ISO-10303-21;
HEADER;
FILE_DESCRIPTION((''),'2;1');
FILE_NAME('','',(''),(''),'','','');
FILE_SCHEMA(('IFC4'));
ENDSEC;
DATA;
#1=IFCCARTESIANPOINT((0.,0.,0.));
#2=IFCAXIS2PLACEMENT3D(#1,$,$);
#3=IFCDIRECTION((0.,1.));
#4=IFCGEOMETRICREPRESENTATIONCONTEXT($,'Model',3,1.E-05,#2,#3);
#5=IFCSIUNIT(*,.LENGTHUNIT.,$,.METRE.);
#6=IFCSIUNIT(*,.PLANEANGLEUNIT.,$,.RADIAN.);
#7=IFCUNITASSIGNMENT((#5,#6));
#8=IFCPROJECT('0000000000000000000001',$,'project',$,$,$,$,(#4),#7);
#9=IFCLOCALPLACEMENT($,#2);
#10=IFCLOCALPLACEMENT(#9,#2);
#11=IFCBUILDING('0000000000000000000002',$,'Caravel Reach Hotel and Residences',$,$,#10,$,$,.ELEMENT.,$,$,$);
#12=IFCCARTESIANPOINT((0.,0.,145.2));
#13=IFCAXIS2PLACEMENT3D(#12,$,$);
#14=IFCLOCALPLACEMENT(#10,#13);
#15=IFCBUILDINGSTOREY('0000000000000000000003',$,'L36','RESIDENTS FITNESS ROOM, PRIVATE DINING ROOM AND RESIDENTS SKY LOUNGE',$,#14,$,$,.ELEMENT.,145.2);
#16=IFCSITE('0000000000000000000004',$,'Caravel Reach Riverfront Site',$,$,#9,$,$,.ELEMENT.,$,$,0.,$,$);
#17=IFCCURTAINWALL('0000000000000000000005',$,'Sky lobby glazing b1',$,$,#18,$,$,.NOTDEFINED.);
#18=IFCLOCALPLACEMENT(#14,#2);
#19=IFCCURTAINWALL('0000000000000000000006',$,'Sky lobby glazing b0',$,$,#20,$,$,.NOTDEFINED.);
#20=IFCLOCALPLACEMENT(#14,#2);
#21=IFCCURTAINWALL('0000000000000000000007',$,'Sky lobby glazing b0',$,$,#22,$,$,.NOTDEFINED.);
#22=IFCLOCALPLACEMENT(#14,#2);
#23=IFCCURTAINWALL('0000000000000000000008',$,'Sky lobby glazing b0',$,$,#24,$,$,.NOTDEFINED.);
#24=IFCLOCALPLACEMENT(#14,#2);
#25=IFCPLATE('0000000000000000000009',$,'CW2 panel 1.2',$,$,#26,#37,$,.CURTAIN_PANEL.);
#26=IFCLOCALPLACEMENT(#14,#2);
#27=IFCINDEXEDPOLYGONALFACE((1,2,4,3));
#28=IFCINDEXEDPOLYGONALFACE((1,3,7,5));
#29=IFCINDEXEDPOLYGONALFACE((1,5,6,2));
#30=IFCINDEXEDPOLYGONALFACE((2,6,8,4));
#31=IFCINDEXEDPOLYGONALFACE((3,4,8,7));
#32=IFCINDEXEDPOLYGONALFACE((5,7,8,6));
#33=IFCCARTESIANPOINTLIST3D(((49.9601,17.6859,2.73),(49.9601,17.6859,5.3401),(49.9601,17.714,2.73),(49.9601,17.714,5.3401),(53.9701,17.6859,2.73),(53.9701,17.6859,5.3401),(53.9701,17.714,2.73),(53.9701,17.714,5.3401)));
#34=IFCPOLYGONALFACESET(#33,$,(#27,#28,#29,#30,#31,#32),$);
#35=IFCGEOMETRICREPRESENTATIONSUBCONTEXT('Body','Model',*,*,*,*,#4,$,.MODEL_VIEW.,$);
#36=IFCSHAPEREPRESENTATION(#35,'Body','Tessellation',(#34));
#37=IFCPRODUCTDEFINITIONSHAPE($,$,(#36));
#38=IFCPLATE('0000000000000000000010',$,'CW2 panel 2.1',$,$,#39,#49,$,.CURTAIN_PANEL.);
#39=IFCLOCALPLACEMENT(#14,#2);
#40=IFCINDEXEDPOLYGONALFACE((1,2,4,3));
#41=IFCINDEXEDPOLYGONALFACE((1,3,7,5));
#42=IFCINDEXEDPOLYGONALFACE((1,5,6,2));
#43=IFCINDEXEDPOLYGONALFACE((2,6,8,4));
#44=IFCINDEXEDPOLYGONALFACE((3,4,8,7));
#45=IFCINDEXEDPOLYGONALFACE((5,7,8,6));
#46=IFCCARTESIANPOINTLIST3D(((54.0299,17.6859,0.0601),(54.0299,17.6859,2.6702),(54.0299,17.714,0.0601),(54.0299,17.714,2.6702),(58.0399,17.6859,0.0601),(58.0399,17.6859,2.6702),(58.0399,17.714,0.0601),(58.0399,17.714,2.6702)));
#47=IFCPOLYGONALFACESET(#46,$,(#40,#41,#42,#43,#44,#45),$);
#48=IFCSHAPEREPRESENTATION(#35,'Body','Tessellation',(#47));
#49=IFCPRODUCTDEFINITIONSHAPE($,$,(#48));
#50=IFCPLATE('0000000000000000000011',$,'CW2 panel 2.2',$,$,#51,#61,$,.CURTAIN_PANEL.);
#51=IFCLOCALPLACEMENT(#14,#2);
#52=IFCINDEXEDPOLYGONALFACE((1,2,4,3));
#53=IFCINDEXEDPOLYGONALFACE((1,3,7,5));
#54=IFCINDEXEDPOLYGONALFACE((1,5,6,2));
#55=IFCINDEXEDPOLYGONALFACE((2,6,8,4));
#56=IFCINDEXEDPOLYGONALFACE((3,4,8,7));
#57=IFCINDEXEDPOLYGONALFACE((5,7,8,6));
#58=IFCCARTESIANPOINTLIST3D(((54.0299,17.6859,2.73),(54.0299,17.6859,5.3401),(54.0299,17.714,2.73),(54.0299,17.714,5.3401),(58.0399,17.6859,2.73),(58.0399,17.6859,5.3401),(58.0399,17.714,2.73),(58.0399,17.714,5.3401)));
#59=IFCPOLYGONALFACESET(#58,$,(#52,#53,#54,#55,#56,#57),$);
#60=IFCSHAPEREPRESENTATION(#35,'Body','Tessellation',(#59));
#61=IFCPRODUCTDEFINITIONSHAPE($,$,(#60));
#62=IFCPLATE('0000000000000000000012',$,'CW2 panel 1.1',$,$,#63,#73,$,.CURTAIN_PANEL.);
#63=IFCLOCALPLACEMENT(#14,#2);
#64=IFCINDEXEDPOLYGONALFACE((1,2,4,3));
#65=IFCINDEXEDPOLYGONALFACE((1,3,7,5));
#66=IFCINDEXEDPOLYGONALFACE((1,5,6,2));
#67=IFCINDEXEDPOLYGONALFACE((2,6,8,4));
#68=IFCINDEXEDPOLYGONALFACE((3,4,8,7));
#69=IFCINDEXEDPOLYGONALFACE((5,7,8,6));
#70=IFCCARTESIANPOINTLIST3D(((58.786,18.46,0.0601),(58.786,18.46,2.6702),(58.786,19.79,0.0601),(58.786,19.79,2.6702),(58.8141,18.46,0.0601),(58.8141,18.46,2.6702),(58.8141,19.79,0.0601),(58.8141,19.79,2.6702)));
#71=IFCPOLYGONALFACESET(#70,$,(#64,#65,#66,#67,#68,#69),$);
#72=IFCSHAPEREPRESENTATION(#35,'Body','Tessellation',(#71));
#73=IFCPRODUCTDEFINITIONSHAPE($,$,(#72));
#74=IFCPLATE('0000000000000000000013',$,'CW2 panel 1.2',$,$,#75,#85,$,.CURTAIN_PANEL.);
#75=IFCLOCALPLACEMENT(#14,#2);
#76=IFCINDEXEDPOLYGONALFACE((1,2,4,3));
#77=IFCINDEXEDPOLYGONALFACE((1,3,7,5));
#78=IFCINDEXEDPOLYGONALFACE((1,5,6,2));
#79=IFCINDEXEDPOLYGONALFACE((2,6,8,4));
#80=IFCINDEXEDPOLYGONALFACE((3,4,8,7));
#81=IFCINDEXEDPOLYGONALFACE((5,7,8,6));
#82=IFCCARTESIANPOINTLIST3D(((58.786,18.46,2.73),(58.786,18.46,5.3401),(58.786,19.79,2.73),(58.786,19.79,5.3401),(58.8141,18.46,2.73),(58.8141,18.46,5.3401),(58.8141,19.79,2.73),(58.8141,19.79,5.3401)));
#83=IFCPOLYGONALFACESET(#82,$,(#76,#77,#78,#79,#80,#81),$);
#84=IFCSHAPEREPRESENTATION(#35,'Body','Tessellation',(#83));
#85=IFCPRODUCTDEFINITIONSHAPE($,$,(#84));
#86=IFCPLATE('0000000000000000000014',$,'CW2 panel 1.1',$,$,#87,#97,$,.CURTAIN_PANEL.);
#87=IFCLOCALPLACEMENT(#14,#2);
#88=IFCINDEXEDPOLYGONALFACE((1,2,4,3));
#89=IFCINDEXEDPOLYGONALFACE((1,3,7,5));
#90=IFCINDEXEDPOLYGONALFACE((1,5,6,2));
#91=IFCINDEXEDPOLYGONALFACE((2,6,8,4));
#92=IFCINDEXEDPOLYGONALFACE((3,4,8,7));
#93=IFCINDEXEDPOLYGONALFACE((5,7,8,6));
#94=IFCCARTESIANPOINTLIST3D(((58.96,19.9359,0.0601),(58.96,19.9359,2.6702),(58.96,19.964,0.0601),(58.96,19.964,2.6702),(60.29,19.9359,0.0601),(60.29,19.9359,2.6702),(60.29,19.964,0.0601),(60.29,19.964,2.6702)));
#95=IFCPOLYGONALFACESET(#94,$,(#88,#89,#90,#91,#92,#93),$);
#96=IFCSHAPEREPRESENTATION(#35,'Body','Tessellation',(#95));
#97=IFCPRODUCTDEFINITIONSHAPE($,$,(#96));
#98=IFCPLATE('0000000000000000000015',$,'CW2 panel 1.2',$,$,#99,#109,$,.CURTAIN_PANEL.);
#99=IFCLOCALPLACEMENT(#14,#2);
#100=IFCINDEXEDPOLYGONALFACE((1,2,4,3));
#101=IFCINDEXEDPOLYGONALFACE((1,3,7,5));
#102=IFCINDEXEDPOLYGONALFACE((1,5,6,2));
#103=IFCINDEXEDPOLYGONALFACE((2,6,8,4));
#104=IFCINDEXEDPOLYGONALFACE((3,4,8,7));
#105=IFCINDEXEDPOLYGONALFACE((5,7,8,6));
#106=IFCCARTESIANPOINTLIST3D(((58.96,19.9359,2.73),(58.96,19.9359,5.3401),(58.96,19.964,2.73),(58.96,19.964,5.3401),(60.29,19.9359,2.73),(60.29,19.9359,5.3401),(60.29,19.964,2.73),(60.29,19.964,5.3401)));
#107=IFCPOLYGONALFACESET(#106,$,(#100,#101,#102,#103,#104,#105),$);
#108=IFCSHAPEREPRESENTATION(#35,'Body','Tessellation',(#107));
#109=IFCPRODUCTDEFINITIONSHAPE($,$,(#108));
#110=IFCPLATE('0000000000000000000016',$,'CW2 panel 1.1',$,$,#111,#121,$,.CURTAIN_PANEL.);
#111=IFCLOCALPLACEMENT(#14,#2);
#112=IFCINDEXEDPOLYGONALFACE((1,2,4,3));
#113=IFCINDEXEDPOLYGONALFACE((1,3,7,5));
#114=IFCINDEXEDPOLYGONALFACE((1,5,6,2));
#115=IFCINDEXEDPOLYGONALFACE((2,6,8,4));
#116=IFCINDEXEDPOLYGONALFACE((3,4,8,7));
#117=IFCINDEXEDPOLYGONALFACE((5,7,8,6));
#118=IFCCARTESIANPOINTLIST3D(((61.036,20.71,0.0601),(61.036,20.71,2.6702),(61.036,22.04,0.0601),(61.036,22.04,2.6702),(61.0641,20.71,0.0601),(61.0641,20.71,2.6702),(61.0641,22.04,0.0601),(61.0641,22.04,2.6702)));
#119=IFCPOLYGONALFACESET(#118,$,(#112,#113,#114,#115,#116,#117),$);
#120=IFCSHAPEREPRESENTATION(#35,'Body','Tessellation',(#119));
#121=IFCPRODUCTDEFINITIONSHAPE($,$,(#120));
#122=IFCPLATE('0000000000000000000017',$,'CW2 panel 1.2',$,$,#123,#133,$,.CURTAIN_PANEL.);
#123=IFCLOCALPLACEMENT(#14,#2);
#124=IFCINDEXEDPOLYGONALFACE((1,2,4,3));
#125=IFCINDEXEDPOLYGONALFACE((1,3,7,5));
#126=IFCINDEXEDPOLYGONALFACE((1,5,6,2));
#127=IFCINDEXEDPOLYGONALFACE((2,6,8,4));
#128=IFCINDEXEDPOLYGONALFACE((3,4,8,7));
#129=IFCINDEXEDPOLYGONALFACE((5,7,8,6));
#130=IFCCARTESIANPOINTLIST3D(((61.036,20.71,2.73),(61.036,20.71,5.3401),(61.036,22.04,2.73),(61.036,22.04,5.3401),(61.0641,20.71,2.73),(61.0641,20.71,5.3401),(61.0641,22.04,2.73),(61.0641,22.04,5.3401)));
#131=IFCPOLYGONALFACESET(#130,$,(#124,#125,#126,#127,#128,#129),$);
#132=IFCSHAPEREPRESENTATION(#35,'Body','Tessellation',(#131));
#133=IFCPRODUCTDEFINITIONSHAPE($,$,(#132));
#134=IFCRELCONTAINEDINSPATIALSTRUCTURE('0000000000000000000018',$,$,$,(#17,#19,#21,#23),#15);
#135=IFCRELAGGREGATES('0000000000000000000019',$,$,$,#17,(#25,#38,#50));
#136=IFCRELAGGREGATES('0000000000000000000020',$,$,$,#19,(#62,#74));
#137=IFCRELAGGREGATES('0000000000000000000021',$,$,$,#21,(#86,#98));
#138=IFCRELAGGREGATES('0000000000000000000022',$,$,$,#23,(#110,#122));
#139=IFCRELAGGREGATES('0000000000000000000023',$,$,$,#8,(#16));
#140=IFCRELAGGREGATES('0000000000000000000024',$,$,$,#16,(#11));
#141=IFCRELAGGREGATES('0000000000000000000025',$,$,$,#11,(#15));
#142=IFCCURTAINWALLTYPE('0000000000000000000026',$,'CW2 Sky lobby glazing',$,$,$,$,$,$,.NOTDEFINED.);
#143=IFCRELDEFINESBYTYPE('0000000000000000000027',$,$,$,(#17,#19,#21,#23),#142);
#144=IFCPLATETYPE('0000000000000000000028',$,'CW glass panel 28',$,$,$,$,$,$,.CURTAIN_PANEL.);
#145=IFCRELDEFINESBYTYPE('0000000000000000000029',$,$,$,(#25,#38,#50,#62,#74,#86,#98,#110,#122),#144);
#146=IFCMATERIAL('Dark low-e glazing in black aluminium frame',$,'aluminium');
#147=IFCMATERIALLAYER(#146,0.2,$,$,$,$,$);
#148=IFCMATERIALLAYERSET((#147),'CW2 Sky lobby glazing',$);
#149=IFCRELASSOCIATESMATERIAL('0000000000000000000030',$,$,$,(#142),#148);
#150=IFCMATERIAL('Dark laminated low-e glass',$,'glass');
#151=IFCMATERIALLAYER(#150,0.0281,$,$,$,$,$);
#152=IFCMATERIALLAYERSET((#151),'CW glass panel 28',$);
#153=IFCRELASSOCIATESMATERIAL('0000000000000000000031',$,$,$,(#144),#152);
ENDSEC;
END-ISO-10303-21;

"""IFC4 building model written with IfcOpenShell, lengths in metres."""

from ifc_helpers import new_model, si_unit, direction, frame, origin, origin_2d, place, context, subcontext, project, spatial, rectangle, extrude, material, layer, layer_set, type_object, element, aggregate, save


model = new_model("IFC4")

# Units and contexts
model_context = context("Model", 3, precision=1e-05, world=origin(), true_north=direction((0.0, 1.0)))
body_context = subcontext(model_context, "Body", "Model", "MODEL_VIEW")
ifc_project = project(units=[si_unit("LENGTHUNIT", "METRE"), si_unit("PLANEANGLEUNIT", "RADIAN")], contexts=[model_context])

# Site, building, storey
site_placement = place(None, origin())
site = spatial("IfcSite", under=ifc_project, at=site_placement, Name="Caravel Reach Riverfront Site", CompositionType="ELEMENT", RefElevation=0.0)
building_placement = place(site_placement, origin())
building = spatial("IfcBuilding", under=site, at=building_placement, Name="Caravel Reach Hotel and Residences", CompositionType="ELEMENT")
storey_placement = place(building_placement, frame((0.0, 0.0, 145.2)))
storey = spatial("IfcBuildingStorey", under=building, at=storey_placement, Name="L36", Description="RESIDENTS FITNESS ROOM, PRIVATE DINING ROOM AND RESIDENTS SKY LOUNGE", CompositionType="ELEMENT", Elevation=145.2)

# Curtain walls
ifc_material_1 = material(Name="Dark low-e glazing in black aluminium frame", Category="aluminium")
ifc_layer_1 = layer(ifc_material_1, 0.2)
ifc_layer_set_1 = layer_set([ifc_layer_1], Name="CW2 Sky lobby glazing")
curtain_wall_type = type_object("IfcCurtainWallType", Name="CW2 Sky lobby glazing", PredefinedType="NOTDEFINED", material=ifc_layer_set_1)
curtain_wall_1_placement = place(storey_placement, origin())
curtain_wall_1 = element("IfcCurtainWall", 1, at=curtain_wall_1_placement, inside=storey, type_object=curtain_wall_type, Name="Sky lobby glazing b1", PredefinedType="NOTDEFINED")
curtain_wall_2_placement = place(storey_placement, origin())
curtain_wall_2 = element("IfcCurtainWall", 2, at=curtain_wall_2_placement, inside=storey, type_object=curtain_wall_type, Name="Sky lobby glazing b0", PredefinedType="NOTDEFINED")
curtain_wall_3_placement = place(storey_placement, origin())
curtain_wall_3 = element("IfcCurtainWall", 3, at=curtain_wall_3_placement, inside=storey, type_object=curtain_wall_type, Name="Sky lobby glazing b0", PredefinedType="NOTDEFINED")
curtain_wall_4_placement = place(storey_placement, origin())
curtain_wall_4 = element("IfcCurtainWall", 4, at=curtain_wall_4_placement, inside=storey, type_object=curtain_wall_type, Name="Sky lobby glazing b0", PredefinedType="NOTDEFINED")

# Plates
ifc_material_2 = material(Name="Dark laminated low-e glass", Category="glass")
ifc_layer_2 = layer(ifc_material_2, 0.0281)
ifc_layer_set_2 = layer_set([ifc_layer_2], Name="CW glass panel 28")
plate_type = type_object("IfcPlateType", Name="CW glass panel 28", PredefinedType="CURTAIN_PANEL", material=ifc_layer_set_2)
plate_1_placement = place(storey_placement, frame((51.9651, 17.7, 2.73), z_axis=(0.0, 0.0, 1.0), x_axis=(1.0, 0.0, 0.0)))
plate_1 = element("IfcPlate", 5, at=plate_1_placement, type_object=plate_type, Name="CW2 panel 1.2", PredefinedType="CURTAIN_PANEL", context=body_context, shape_type="SweptSolid", body=[
    extrude(rectangle(XDim=4.01, YDim=0.0281, at=origin_2d()), origin(), (0.0, 0.0, 1.0), 2.6101),
])
plate_2_placement = place(storey_placement, frame((56.0349, 17.7, 0.0601), z_axis=(0.0, 0.0, 1.0), x_axis=(1.0, 0.0, 0.0)))
plate_2 = element("IfcPlate", 6, at=plate_2_placement, type_object=plate_type, Name="CW2 panel 2.1", PredefinedType="CURTAIN_PANEL", context=body_context, shape_type="SweptSolid", body=[
    extrude(rectangle(XDim=4.01, YDim=0.0281, at=origin_2d()), origin(), (0.0, 0.0, 1.0), 2.6101),
])
plate_3_placement = place(storey_placement, frame((56.0349, 17.7, 2.73), z_axis=(0.0, 0.0, 1.0), x_axis=(1.0, 0.0, 0.0)))
plate_3 = element("IfcPlate", 7, at=plate_3_placement, type_object=plate_type, Name="CW2 panel 2.2", PredefinedType="CURTAIN_PANEL", context=body_context, shape_type="SweptSolid", body=[
    extrude(rectangle(XDim=4.01, YDim=0.0281, at=origin_2d()), origin(), (0.0, 0.0, 1.0), 2.6101),
])
aggregate(curtain_wall_1, [plate_1, plate_2, plate_3])
plate_4_placement = place(storey_placement, frame((58.8, 19.125, 0.0601), z_axis=(0.0, 0.0, 1.0), x_axis=(0.0, 1.0, 0.0)))
plate_4 = element("IfcPlate", 8, at=plate_4_placement, type_object=plate_type, Name="CW2 panel 1.1", PredefinedType="CURTAIN_PANEL", context=body_context, shape_type="SweptSolid", body=[
    extrude(rectangle(XDim=1.3301, YDim=0.0281, at=origin_2d()), origin(), (0.0, 0.0, 1.0), 2.6101),
])
plate_5_placement = place(storey_placement, frame((58.8, 19.125, 2.73), z_axis=(0.0, 0.0, 1.0), x_axis=(0.0, 1.0, 0.0)))
plate_5 = element("IfcPlate", 9, at=plate_5_placement, type_object=plate_type, Name="CW2 panel 1.2", PredefinedType="CURTAIN_PANEL", context=body_context, shape_type="SweptSolid", body=[
    extrude(rectangle(XDim=1.3301, YDim=0.0281, at=origin_2d()), origin(), (0.0, 0.0, 1.0), 2.6101),
])
aggregate(curtain_wall_2, [plate_4, plate_5])
plate_6_placement = place(storey_placement, frame((59.625, 19.95, 0.0601), z_axis=(0.0, 0.0, 1.0), x_axis=(1.0, 0.0, 0.0)))
plate_6 = element("IfcPlate", 10, at=plate_6_placement, type_object=plate_type, Name="CW2 panel 1.1", PredefinedType="CURTAIN_PANEL", context=body_context, shape_type="SweptSolid", body=[
    extrude(rectangle(XDim=1.3301, YDim=0.0281, at=origin_2d()), origin(), (0.0, 0.0, 1.0), 2.6101),
])
plate_7_placement = place(storey_placement, frame((59.625, 19.95, 2.73), z_axis=(0.0, 0.0, 1.0), x_axis=(1.0, 0.0, 0.0)))
plate_7 = element("IfcPlate", 11, at=plate_7_placement, type_object=plate_type, Name="CW2 panel 1.2", PredefinedType="CURTAIN_PANEL", context=body_context, shape_type="SweptSolid", body=[
    extrude(rectangle(XDim=1.3301, YDim=0.0281, at=origin_2d()), origin(), (0.0, 0.0, 1.0), 2.6101),
])
aggregate(curtain_wall_3, [plate_6, plate_7])
plate_8_placement = place(storey_placement, frame((61.05, 21.375, 0.0601), z_axis=(0.0, 0.0, 1.0), x_axis=(0.0, 1.0, 0.0)))
plate_8 = element("IfcPlate", 12, at=plate_8_placement, type_object=plate_type, Name="CW2 panel 1.1", PredefinedType="CURTAIN_PANEL", context=body_context, shape_type="SweptSolid", body=[
    extrude(rectangle(XDim=1.3301, YDim=0.0281, at=origin_2d()), origin(), (0.0, 0.0, 1.0), 2.6101),
])
plate_9_placement = place(storey_placement, frame((61.05, 21.375, 2.73), z_axis=(0.0, 0.0, 1.0), x_axis=(0.0, 1.0, 0.0)))
plate_9 = element("IfcPlate", 13, at=plate_9_placement, type_object=plate_type, Name="CW2 panel 1.2", PredefinedType="CURTAIN_PANEL", context=body_context, shape_type="SweptSolid", body=[
    extrude(rectangle(XDim=1.3301, YDim=0.0281, at=origin_2d()), origin(), (0.0, 0.0, 1.0), 2.6101),
])
aggregate(curtain_wall_4, [plate_8, plate_9])

save(model, "model.ifc")
